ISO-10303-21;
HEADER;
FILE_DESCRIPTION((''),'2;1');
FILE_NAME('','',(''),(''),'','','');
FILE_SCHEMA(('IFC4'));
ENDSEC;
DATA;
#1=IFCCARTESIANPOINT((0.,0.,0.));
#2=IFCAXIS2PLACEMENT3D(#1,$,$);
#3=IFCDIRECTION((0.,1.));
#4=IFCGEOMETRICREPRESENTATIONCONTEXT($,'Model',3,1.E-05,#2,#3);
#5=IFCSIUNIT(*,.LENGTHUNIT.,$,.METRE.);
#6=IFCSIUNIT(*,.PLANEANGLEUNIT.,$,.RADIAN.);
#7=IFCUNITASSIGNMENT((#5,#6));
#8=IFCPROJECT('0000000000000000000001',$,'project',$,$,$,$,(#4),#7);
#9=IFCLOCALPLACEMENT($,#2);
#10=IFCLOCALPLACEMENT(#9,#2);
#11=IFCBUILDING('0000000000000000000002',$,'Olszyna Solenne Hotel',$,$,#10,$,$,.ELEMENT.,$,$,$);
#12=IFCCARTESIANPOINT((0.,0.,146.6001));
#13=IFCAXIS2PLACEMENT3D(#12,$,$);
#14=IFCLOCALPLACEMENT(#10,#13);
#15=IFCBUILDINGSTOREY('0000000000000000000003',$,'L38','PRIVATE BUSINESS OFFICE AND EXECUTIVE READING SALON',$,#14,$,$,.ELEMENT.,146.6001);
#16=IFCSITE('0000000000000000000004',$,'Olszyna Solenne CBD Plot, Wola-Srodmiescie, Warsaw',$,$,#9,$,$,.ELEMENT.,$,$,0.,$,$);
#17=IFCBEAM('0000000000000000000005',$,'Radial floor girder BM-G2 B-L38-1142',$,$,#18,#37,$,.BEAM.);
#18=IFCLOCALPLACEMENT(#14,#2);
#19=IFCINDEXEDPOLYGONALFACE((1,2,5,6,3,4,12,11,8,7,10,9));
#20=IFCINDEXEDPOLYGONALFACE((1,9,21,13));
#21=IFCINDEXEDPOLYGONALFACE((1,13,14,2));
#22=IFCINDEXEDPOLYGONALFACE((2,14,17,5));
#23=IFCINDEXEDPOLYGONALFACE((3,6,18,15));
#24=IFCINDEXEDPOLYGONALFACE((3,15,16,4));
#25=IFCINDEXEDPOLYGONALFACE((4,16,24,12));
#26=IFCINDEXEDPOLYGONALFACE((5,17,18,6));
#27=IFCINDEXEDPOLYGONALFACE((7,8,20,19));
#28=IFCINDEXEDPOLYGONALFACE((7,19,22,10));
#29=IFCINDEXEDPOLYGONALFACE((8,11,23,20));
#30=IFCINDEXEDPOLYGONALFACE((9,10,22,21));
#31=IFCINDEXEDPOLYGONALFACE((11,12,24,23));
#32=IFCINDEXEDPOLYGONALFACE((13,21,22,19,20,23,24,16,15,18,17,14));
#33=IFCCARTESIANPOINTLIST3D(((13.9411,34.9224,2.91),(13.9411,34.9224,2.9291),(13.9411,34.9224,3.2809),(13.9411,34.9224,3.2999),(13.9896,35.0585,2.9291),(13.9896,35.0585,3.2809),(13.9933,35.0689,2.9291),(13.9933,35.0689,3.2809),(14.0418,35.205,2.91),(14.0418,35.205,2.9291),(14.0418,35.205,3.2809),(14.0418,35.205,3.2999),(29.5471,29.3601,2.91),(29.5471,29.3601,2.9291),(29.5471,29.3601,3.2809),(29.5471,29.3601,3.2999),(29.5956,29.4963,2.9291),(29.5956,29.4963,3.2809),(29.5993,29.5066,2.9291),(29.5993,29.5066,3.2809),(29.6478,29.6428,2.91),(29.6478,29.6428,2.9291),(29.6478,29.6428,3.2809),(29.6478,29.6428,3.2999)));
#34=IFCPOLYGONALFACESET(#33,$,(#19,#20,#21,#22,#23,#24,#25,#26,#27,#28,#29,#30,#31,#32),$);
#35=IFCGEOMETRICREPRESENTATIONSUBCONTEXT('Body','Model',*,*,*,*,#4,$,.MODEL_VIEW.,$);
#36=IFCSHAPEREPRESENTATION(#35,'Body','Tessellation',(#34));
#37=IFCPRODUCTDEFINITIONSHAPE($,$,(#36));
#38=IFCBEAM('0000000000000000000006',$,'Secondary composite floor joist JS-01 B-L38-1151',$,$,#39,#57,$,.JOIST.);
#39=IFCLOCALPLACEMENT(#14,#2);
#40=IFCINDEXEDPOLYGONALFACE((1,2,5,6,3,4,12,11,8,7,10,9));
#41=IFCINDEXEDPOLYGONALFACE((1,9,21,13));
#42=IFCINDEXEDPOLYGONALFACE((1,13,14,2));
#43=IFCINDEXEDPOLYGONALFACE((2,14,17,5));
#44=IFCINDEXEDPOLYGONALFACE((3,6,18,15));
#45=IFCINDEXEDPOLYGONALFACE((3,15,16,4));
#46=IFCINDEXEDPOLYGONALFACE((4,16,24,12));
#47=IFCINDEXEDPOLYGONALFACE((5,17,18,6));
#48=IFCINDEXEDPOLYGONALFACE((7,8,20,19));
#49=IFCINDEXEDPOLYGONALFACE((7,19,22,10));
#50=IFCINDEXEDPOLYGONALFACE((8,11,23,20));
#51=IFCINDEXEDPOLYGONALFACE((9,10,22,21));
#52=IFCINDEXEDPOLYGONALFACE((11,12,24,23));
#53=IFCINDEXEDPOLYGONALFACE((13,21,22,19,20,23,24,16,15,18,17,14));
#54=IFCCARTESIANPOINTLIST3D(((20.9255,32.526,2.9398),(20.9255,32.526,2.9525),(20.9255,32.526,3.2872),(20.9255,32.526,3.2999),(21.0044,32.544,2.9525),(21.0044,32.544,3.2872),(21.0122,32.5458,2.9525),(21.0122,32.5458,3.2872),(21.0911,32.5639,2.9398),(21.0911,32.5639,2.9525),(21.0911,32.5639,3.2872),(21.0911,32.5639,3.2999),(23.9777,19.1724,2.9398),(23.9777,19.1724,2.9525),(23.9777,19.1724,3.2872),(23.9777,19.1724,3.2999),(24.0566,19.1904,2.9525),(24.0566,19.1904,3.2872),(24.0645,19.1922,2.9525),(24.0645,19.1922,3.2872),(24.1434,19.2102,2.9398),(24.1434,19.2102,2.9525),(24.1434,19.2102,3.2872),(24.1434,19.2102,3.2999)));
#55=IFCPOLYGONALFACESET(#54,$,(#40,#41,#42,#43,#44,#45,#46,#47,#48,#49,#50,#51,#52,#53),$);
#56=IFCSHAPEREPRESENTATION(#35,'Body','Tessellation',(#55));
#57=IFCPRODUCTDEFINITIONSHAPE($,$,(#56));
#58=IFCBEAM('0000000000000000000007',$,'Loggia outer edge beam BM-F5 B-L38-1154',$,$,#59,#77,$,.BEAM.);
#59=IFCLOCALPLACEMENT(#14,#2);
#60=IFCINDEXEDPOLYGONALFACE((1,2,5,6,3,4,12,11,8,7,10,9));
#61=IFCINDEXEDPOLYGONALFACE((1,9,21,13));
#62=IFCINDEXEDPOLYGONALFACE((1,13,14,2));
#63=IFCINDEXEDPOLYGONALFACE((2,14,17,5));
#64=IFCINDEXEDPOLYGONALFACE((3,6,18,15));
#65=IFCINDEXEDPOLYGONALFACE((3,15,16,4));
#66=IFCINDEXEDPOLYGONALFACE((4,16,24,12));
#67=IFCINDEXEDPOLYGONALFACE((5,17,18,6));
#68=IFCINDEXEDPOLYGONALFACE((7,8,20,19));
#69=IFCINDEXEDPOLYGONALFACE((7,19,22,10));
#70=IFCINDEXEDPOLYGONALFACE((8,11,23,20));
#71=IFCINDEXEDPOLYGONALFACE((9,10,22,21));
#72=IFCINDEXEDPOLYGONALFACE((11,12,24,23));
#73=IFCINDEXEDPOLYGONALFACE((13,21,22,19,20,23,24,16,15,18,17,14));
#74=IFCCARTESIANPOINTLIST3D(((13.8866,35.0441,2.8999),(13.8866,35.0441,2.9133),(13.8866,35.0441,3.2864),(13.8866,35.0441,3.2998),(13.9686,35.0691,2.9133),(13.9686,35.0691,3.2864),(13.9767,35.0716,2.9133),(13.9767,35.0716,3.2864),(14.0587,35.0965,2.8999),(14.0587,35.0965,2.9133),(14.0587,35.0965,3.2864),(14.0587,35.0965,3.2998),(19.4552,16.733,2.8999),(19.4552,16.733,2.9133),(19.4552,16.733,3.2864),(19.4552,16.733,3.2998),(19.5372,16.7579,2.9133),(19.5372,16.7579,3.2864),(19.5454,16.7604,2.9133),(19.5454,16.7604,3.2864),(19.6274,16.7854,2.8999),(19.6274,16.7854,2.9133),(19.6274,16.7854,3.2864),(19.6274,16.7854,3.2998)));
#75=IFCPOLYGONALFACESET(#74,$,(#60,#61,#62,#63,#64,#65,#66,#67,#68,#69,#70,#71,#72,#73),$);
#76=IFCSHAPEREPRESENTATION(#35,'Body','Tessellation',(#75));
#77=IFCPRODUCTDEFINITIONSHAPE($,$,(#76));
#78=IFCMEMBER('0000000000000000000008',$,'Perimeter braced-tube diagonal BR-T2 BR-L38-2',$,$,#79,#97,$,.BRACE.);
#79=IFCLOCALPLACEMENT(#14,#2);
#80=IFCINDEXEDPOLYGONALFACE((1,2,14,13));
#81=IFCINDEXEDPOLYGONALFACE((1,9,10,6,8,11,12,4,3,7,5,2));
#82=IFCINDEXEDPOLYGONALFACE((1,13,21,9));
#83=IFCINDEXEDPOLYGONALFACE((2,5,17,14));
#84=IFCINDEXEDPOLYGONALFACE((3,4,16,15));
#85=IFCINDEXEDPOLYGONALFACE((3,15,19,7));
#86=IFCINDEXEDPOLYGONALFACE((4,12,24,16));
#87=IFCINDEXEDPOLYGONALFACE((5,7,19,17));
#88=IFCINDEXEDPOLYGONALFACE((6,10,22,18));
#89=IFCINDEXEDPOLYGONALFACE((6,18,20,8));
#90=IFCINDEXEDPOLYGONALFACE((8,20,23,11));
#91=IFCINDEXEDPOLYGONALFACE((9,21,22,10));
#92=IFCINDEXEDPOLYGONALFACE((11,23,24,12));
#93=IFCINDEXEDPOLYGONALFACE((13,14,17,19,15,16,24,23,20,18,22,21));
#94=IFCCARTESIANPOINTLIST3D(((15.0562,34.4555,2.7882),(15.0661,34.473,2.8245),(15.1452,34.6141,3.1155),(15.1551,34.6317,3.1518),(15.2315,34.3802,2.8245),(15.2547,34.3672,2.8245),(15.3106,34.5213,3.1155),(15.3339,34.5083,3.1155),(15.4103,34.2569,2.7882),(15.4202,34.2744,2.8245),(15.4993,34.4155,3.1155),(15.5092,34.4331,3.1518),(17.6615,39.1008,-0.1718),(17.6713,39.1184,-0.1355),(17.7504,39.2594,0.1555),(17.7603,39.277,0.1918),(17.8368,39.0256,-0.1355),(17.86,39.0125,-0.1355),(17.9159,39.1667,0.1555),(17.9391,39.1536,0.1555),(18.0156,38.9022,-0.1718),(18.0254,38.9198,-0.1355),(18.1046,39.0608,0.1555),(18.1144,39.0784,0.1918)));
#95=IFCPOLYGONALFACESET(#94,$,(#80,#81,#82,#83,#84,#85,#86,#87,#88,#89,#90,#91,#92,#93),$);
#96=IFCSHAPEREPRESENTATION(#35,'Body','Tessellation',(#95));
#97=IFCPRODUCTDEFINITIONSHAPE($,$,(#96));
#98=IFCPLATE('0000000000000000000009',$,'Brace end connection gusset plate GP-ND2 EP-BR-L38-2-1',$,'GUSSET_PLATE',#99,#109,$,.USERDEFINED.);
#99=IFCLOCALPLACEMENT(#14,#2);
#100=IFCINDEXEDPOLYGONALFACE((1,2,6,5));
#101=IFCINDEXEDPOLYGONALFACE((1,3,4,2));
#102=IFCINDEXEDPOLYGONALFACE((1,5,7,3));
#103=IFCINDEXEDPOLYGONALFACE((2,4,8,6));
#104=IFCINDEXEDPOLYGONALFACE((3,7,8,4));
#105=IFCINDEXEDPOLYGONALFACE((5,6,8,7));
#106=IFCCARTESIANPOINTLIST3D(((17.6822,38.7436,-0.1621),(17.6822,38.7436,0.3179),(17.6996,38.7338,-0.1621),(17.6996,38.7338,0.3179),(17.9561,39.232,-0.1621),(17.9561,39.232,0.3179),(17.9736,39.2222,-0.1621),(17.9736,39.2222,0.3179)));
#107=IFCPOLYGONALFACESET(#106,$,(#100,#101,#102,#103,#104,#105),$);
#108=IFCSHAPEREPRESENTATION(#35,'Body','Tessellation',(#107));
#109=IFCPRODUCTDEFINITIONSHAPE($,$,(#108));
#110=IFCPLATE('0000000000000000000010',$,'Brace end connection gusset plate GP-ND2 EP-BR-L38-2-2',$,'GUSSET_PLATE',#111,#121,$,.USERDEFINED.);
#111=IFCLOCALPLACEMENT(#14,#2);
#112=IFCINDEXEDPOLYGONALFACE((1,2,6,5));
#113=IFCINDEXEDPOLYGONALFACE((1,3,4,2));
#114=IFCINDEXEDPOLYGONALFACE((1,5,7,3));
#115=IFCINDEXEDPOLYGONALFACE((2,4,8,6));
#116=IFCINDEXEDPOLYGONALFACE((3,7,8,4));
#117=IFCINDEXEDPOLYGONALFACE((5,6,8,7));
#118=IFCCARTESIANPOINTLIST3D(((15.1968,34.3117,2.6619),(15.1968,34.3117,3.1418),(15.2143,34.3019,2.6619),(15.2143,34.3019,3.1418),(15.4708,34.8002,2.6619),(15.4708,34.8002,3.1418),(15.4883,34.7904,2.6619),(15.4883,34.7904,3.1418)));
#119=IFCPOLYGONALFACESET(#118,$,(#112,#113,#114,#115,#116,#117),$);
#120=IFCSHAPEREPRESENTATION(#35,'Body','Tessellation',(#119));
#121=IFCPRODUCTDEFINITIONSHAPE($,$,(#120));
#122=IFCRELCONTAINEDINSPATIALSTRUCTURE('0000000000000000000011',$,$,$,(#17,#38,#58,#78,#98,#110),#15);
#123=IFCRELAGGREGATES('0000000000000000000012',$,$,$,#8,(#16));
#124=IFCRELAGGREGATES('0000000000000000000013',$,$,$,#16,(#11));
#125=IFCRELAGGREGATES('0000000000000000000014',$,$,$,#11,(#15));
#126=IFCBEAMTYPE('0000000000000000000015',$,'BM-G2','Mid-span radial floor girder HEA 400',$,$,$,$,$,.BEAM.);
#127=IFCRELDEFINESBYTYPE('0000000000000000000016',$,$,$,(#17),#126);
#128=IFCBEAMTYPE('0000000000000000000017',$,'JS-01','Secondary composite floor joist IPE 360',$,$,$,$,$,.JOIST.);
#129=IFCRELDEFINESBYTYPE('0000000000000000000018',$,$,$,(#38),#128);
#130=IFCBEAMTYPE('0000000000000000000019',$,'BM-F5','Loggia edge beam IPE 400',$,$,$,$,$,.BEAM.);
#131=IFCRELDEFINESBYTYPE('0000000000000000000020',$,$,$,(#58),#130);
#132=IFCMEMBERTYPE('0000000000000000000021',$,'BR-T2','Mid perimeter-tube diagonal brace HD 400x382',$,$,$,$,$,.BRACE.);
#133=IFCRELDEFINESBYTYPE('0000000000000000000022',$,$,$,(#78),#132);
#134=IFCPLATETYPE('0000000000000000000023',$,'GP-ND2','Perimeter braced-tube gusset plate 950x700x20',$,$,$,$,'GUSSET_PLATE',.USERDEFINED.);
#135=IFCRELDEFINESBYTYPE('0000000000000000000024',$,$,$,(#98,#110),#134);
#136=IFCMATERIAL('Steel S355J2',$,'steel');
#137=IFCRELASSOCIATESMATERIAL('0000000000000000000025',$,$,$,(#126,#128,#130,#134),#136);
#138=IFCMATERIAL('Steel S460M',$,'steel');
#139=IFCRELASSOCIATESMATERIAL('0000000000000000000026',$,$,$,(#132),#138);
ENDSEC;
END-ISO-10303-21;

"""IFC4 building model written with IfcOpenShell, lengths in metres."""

from ifc_helpers import new_model, si_unit, direction, frame, origin, origin_2d, place, context, subcontext, project, spatial, rectangle, i_section, extrude, source, transform, mapped, material, material_profile, profile_set, type_object, element, save


model = new_model("IFC4")

# Units and contexts
model_context = context("Model", 3, precision=1e-05, world=origin(), true_north=direction((0.0, 1.0)))
body_context = subcontext(model_context, "Body", "Model", "MODEL_VIEW")
ifc_project = project(units=[si_unit("LENGTHUNIT", "METRE"), si_unit("PLANEANGLEUNIT", "RADIAN")], contexts=[model_context])

# Site, building, storey
site_placement = place(None, origin())
site = spatial("IfcSite", under=ifc_project, at=site_placement, Name="Olszyna Solenne CBD Plot, Wola-Srodmiescie, Warsaw", CompositionType="ELEMENT", RefElevation=0.0)
building_placement = place(site_placement, origin())
building = spatial("IfcBuilding", under=site, at=building_placement, Name="Olszyna Solenne Hotel", CompositionType="ELEMENT")
storey_placement = place(building_placement, frame((0.0, 0.0, 146.6001)))
storey = spatial("IfcBuildingStorey", under=building, at=storey_placement, Name="L38", Description="PRIVATE BUSINESS OFFICE AND EXECUTIVE READING SALON", CompositionType="ELEMENT", Elevation=146.6001)

# Shared definitions
ifc_material_1 = material(Name="Steel S460M", Category="steel")

# Beams
ifc_material_2 = material(Name="Steel S355J2", Category="steel")
ifc_material_profile_1 = material_profile(ifc_material_2, i_section(OverallWidth=0.3, OverallDepth=0.3899, WebThickness=0.011, FlangeThickness=0.019, at=origin_2d()), Name="HEA 400", Category="load-bearing")
ifc_profile_set_1 = profile_set([ifc_material_profile_1], Name="Steel S355J2")
beam_type_1 = type_object("IfcBeamType", Name="BM-G2", Description="Mid-span radial floor girder HEA 400", PredefinedType="BEAM", material=ifc_profile_set_1)
shared_shape_1 = source(origin(), body_context, "Body", "SweptSolid", [
    extrude(i_section(OverallWidth=0.3, OverallDepth=0.3899, WebThickness=0.011, FlangeThickness=0.019, at=origin_2d()), origin(), (0.0, 0.0, 1.0), 16.5676),
])
beam_1_placement = place(storey_placement, frame((13.9915, 35.0637, 3.105), z_axis=(0.941958, -0.335731, 0.0), x_axis=(0.335731, 0.941958, 0.0)))
element("IfcBeam", 1, at=beam_1_placement, inside=storey, type_object=beam_type_1, Name="Radial floor girder BM-G2 B-L38-1142", PredefinedType="BEAM", context=body_context, shape_type="MappedRepresentation", body=[
    mapped(shared_shape_1, transform((0.0, 0.0, 0.0), x_axis=(1.0, 0.0, 0.0), y_axis=(0.0, 1.0, 0.0), z_axis=(0.0, 0.0, 1.0), scale=1.0)),
])
ifc_material_profile_2 = material_profile(ifc_material_2, i_section(OverallWidth=0.1699, OverallDepth=0.3601, WebThickness=0.0081, FlangeThickness=0.0127, at=origin_2d()), Name="IPE 360", Category="load-bearing")
ifc_profile_set_2 = profile_set([ifc_material_profile_2], Name="Steel S355J2")
beam_type_2 = type_object("IfcBeamType", Name="JS-01", Description="Secondary composite floor joist IPE 360", PredefinedType="JOIST", material=ifc_profile_set_2)
shared_shape_2 = source(origin(), body_context, "Body", "SweptSolid", [
    extrude(i_section(OverallWidth=0.1699, OverallDepth=0.3601, WebThickness=0.0081, FlangeThickness=0.0127, at=origin_2d()), origin(), (0.0, 0.0, 1.0), 13.698),
])
beam_2_placement = place(storey_placement, frame((21.0083, 32.5449, 3.1199), z_axis=(0.222826, -0.974858, 0.0), x_axis=(0.974858, 0.222826, 0.0)))
element("IfcBeam", 2, at=beam_2_placement, inside=storey, type_object=beam_type_2, Name="Secondary composite floor joist JS-01 B-L38-1151", PredefinedType="JOIST", context=body_context, shape_type="MappedRepresentation", body=[
    mapped(shared_shape_2, transform((0.0, 0.0, 0.0), x_axis=(1.0, 0.0, 0.0), y_axis=(0.0, 1.0, 0.0), z_axis=(0.0, 0.0, 1.0), scale=1.0)),
])
ifc_material_profile_3 = material_profile(ifc_material_2, i_section(OverallWidth=0.1799, OverallDepth=0.3999, WebThickness=0.0085, FlangeThickness=0.0134, at=origin_2d()), Name="IPE 400", Category="load-bearing")
ifc_profile_set_3 = profile_set([ifc_material_profile_3], Name="Steel S355J2")
beam_type_3 = type_object("IfcBeamType", Name="BM-F5", Description="Loggia edge beam IPE 400", PredefinedType="BEAM", material=ifc_profile_set_3)
shared_shape_3 = source(origin(), body_context, "Body", "SweptSolid", [
    extrude(i_section(OverallWidth=0.1799, OverallDepth=0.3999, WebThickness=0.0085, FlangeThickness=0.0134, at=origin_2d()), origin(), (0.0, 0.0, 1.0), 19.1392),
])
beam_3_placement = place(storey_placement, frame((13.9727, 35.0703, 3.0999), z_axis=(0.290955, -0.956737, 0.0), x_axis=(0.956737, 0.290955, 0.0)))
element("IfcBeam", 3, at=beam_3_placement, inside=storey, type_object=beam_type_3, Name="Loggia outer edge beam BM-F5 B-L38-1154", PredefinedType="BEAM", context=body_context, shape_type="MappedRepresentation", body=[
    mapped(shared_shape_3, transform((0.0, 0.0, 0.0), x_axis=(1.0, 0.0, 0.0), y_axis=(0.0, 1.0, 0.0), z_axis=(0.0, 0.0, 1.0), scale=1.0)),
])

# Member
ifc_material_profile_4 = material_profile(ifc_material_1, i_section(OverallWidth=0.406, OverallDepth=0.416, WebThickness=0.0266, FlangeThickness=0.0415, at=origin_2d()), Name="HD 400x382", Category="load-bearing")
ifc_profile_set_4 = profile_set([ifc_material_profile_4], Name="Steel S460M")
member_type = type_object("IfcMemberType", Name="BR-T2", Description="Mid perimeter-tube diagonal brace HD 400x382", PredefinedType="BRACE", material=ifc_profile_set_4)
shared_shape_4 = source(origin(), body_context, "Body", "SweptSolid", [
    extrude(i_section(OverallWidth=0.406, OverallDepth=0.416, WebThickness=0.0266, FlangeThickness=0.0415, at=origin_2d()), origin(), (0.0, 0.0, 1.0), 6.0933),
])
member_placement = place(storey_placement, frame((17.8879, 39.0896, 0.01), z_axis=(-0.427563, -0.762369, 0.485781), x_axis=(0.872196, -0.489157, 0.0)))
element("IfcMember", 4, at=member_placement, inside=storey, type_object=member_type, Name="Perimeter braced-tube diagonal BR-T2 BR-L38-2", PredefinedType="BRACE", context=body_context, shape_type="MappedRepresentation", body=[
    mapped(shared_shape_4, transform((0.0, 0.0, 0.0), x_axis=(1.0, 0.0, 0.0), y_axis=(0.0, 1.0, 0.0), z_axis=(0.0, 0.0, 1.0), scale=1.0)),
])

# Plates
plate_type = type_object("IfcPlateType", Name="GP-ND2", Description="Perimeter braced-tube gusset plate 950x700x20", ElementType="GUSSET_PLATE", PredefinedType="USERDEFINED", material=ifc_material_2)
shared_shape_5 = source(origin(), body_context, "Body", "SweptSolid", [
    extrude(rectangle(XDim=0.5601, YDim=0.02, at=origin_2d()), origin(), (0.0, 0.0, 1.0), 0.48),
])
for number, where, z_axis, x_axis, name in (
    (5, (17.8279, 38.9829, -0.1621), (0.0, 0.0, 1.0), (-0.48923, -0.872155, 0.0), "Brace end connection gusset plate GP-ND2 EP-BR-L38-2-1"),
    (6, (15.3425, 34.551, 2.6619), (0.0, 0.0, 1.0), (-0.48923, -0.872155, 0.0), "Brace end connection gusset plate GP-ND2 EP-BR-L38-2-2"),
):
    element("IfcPlate", number, at=place(storey_placement, frame(where, z_axis=z_axis, x_axis=x_axis)), inside=storey, type_object=plate_type, Name=name, ObjectType="GUSSET_PLATE", PredefinedType="USERDEFINED", context=body_context, shape_type="MappedRepresentation", body=[
        mapped(shared_shape_5, transform((0.0, 0.0, 0.0), x_axis=(1.0, 0.0, 0.0), y_axis=(0.0, 1.0, 0.0), z_axis=(0.0, 0.0, 1.0), scale=1.0)),
    ])

save(model, "model.ifc")
